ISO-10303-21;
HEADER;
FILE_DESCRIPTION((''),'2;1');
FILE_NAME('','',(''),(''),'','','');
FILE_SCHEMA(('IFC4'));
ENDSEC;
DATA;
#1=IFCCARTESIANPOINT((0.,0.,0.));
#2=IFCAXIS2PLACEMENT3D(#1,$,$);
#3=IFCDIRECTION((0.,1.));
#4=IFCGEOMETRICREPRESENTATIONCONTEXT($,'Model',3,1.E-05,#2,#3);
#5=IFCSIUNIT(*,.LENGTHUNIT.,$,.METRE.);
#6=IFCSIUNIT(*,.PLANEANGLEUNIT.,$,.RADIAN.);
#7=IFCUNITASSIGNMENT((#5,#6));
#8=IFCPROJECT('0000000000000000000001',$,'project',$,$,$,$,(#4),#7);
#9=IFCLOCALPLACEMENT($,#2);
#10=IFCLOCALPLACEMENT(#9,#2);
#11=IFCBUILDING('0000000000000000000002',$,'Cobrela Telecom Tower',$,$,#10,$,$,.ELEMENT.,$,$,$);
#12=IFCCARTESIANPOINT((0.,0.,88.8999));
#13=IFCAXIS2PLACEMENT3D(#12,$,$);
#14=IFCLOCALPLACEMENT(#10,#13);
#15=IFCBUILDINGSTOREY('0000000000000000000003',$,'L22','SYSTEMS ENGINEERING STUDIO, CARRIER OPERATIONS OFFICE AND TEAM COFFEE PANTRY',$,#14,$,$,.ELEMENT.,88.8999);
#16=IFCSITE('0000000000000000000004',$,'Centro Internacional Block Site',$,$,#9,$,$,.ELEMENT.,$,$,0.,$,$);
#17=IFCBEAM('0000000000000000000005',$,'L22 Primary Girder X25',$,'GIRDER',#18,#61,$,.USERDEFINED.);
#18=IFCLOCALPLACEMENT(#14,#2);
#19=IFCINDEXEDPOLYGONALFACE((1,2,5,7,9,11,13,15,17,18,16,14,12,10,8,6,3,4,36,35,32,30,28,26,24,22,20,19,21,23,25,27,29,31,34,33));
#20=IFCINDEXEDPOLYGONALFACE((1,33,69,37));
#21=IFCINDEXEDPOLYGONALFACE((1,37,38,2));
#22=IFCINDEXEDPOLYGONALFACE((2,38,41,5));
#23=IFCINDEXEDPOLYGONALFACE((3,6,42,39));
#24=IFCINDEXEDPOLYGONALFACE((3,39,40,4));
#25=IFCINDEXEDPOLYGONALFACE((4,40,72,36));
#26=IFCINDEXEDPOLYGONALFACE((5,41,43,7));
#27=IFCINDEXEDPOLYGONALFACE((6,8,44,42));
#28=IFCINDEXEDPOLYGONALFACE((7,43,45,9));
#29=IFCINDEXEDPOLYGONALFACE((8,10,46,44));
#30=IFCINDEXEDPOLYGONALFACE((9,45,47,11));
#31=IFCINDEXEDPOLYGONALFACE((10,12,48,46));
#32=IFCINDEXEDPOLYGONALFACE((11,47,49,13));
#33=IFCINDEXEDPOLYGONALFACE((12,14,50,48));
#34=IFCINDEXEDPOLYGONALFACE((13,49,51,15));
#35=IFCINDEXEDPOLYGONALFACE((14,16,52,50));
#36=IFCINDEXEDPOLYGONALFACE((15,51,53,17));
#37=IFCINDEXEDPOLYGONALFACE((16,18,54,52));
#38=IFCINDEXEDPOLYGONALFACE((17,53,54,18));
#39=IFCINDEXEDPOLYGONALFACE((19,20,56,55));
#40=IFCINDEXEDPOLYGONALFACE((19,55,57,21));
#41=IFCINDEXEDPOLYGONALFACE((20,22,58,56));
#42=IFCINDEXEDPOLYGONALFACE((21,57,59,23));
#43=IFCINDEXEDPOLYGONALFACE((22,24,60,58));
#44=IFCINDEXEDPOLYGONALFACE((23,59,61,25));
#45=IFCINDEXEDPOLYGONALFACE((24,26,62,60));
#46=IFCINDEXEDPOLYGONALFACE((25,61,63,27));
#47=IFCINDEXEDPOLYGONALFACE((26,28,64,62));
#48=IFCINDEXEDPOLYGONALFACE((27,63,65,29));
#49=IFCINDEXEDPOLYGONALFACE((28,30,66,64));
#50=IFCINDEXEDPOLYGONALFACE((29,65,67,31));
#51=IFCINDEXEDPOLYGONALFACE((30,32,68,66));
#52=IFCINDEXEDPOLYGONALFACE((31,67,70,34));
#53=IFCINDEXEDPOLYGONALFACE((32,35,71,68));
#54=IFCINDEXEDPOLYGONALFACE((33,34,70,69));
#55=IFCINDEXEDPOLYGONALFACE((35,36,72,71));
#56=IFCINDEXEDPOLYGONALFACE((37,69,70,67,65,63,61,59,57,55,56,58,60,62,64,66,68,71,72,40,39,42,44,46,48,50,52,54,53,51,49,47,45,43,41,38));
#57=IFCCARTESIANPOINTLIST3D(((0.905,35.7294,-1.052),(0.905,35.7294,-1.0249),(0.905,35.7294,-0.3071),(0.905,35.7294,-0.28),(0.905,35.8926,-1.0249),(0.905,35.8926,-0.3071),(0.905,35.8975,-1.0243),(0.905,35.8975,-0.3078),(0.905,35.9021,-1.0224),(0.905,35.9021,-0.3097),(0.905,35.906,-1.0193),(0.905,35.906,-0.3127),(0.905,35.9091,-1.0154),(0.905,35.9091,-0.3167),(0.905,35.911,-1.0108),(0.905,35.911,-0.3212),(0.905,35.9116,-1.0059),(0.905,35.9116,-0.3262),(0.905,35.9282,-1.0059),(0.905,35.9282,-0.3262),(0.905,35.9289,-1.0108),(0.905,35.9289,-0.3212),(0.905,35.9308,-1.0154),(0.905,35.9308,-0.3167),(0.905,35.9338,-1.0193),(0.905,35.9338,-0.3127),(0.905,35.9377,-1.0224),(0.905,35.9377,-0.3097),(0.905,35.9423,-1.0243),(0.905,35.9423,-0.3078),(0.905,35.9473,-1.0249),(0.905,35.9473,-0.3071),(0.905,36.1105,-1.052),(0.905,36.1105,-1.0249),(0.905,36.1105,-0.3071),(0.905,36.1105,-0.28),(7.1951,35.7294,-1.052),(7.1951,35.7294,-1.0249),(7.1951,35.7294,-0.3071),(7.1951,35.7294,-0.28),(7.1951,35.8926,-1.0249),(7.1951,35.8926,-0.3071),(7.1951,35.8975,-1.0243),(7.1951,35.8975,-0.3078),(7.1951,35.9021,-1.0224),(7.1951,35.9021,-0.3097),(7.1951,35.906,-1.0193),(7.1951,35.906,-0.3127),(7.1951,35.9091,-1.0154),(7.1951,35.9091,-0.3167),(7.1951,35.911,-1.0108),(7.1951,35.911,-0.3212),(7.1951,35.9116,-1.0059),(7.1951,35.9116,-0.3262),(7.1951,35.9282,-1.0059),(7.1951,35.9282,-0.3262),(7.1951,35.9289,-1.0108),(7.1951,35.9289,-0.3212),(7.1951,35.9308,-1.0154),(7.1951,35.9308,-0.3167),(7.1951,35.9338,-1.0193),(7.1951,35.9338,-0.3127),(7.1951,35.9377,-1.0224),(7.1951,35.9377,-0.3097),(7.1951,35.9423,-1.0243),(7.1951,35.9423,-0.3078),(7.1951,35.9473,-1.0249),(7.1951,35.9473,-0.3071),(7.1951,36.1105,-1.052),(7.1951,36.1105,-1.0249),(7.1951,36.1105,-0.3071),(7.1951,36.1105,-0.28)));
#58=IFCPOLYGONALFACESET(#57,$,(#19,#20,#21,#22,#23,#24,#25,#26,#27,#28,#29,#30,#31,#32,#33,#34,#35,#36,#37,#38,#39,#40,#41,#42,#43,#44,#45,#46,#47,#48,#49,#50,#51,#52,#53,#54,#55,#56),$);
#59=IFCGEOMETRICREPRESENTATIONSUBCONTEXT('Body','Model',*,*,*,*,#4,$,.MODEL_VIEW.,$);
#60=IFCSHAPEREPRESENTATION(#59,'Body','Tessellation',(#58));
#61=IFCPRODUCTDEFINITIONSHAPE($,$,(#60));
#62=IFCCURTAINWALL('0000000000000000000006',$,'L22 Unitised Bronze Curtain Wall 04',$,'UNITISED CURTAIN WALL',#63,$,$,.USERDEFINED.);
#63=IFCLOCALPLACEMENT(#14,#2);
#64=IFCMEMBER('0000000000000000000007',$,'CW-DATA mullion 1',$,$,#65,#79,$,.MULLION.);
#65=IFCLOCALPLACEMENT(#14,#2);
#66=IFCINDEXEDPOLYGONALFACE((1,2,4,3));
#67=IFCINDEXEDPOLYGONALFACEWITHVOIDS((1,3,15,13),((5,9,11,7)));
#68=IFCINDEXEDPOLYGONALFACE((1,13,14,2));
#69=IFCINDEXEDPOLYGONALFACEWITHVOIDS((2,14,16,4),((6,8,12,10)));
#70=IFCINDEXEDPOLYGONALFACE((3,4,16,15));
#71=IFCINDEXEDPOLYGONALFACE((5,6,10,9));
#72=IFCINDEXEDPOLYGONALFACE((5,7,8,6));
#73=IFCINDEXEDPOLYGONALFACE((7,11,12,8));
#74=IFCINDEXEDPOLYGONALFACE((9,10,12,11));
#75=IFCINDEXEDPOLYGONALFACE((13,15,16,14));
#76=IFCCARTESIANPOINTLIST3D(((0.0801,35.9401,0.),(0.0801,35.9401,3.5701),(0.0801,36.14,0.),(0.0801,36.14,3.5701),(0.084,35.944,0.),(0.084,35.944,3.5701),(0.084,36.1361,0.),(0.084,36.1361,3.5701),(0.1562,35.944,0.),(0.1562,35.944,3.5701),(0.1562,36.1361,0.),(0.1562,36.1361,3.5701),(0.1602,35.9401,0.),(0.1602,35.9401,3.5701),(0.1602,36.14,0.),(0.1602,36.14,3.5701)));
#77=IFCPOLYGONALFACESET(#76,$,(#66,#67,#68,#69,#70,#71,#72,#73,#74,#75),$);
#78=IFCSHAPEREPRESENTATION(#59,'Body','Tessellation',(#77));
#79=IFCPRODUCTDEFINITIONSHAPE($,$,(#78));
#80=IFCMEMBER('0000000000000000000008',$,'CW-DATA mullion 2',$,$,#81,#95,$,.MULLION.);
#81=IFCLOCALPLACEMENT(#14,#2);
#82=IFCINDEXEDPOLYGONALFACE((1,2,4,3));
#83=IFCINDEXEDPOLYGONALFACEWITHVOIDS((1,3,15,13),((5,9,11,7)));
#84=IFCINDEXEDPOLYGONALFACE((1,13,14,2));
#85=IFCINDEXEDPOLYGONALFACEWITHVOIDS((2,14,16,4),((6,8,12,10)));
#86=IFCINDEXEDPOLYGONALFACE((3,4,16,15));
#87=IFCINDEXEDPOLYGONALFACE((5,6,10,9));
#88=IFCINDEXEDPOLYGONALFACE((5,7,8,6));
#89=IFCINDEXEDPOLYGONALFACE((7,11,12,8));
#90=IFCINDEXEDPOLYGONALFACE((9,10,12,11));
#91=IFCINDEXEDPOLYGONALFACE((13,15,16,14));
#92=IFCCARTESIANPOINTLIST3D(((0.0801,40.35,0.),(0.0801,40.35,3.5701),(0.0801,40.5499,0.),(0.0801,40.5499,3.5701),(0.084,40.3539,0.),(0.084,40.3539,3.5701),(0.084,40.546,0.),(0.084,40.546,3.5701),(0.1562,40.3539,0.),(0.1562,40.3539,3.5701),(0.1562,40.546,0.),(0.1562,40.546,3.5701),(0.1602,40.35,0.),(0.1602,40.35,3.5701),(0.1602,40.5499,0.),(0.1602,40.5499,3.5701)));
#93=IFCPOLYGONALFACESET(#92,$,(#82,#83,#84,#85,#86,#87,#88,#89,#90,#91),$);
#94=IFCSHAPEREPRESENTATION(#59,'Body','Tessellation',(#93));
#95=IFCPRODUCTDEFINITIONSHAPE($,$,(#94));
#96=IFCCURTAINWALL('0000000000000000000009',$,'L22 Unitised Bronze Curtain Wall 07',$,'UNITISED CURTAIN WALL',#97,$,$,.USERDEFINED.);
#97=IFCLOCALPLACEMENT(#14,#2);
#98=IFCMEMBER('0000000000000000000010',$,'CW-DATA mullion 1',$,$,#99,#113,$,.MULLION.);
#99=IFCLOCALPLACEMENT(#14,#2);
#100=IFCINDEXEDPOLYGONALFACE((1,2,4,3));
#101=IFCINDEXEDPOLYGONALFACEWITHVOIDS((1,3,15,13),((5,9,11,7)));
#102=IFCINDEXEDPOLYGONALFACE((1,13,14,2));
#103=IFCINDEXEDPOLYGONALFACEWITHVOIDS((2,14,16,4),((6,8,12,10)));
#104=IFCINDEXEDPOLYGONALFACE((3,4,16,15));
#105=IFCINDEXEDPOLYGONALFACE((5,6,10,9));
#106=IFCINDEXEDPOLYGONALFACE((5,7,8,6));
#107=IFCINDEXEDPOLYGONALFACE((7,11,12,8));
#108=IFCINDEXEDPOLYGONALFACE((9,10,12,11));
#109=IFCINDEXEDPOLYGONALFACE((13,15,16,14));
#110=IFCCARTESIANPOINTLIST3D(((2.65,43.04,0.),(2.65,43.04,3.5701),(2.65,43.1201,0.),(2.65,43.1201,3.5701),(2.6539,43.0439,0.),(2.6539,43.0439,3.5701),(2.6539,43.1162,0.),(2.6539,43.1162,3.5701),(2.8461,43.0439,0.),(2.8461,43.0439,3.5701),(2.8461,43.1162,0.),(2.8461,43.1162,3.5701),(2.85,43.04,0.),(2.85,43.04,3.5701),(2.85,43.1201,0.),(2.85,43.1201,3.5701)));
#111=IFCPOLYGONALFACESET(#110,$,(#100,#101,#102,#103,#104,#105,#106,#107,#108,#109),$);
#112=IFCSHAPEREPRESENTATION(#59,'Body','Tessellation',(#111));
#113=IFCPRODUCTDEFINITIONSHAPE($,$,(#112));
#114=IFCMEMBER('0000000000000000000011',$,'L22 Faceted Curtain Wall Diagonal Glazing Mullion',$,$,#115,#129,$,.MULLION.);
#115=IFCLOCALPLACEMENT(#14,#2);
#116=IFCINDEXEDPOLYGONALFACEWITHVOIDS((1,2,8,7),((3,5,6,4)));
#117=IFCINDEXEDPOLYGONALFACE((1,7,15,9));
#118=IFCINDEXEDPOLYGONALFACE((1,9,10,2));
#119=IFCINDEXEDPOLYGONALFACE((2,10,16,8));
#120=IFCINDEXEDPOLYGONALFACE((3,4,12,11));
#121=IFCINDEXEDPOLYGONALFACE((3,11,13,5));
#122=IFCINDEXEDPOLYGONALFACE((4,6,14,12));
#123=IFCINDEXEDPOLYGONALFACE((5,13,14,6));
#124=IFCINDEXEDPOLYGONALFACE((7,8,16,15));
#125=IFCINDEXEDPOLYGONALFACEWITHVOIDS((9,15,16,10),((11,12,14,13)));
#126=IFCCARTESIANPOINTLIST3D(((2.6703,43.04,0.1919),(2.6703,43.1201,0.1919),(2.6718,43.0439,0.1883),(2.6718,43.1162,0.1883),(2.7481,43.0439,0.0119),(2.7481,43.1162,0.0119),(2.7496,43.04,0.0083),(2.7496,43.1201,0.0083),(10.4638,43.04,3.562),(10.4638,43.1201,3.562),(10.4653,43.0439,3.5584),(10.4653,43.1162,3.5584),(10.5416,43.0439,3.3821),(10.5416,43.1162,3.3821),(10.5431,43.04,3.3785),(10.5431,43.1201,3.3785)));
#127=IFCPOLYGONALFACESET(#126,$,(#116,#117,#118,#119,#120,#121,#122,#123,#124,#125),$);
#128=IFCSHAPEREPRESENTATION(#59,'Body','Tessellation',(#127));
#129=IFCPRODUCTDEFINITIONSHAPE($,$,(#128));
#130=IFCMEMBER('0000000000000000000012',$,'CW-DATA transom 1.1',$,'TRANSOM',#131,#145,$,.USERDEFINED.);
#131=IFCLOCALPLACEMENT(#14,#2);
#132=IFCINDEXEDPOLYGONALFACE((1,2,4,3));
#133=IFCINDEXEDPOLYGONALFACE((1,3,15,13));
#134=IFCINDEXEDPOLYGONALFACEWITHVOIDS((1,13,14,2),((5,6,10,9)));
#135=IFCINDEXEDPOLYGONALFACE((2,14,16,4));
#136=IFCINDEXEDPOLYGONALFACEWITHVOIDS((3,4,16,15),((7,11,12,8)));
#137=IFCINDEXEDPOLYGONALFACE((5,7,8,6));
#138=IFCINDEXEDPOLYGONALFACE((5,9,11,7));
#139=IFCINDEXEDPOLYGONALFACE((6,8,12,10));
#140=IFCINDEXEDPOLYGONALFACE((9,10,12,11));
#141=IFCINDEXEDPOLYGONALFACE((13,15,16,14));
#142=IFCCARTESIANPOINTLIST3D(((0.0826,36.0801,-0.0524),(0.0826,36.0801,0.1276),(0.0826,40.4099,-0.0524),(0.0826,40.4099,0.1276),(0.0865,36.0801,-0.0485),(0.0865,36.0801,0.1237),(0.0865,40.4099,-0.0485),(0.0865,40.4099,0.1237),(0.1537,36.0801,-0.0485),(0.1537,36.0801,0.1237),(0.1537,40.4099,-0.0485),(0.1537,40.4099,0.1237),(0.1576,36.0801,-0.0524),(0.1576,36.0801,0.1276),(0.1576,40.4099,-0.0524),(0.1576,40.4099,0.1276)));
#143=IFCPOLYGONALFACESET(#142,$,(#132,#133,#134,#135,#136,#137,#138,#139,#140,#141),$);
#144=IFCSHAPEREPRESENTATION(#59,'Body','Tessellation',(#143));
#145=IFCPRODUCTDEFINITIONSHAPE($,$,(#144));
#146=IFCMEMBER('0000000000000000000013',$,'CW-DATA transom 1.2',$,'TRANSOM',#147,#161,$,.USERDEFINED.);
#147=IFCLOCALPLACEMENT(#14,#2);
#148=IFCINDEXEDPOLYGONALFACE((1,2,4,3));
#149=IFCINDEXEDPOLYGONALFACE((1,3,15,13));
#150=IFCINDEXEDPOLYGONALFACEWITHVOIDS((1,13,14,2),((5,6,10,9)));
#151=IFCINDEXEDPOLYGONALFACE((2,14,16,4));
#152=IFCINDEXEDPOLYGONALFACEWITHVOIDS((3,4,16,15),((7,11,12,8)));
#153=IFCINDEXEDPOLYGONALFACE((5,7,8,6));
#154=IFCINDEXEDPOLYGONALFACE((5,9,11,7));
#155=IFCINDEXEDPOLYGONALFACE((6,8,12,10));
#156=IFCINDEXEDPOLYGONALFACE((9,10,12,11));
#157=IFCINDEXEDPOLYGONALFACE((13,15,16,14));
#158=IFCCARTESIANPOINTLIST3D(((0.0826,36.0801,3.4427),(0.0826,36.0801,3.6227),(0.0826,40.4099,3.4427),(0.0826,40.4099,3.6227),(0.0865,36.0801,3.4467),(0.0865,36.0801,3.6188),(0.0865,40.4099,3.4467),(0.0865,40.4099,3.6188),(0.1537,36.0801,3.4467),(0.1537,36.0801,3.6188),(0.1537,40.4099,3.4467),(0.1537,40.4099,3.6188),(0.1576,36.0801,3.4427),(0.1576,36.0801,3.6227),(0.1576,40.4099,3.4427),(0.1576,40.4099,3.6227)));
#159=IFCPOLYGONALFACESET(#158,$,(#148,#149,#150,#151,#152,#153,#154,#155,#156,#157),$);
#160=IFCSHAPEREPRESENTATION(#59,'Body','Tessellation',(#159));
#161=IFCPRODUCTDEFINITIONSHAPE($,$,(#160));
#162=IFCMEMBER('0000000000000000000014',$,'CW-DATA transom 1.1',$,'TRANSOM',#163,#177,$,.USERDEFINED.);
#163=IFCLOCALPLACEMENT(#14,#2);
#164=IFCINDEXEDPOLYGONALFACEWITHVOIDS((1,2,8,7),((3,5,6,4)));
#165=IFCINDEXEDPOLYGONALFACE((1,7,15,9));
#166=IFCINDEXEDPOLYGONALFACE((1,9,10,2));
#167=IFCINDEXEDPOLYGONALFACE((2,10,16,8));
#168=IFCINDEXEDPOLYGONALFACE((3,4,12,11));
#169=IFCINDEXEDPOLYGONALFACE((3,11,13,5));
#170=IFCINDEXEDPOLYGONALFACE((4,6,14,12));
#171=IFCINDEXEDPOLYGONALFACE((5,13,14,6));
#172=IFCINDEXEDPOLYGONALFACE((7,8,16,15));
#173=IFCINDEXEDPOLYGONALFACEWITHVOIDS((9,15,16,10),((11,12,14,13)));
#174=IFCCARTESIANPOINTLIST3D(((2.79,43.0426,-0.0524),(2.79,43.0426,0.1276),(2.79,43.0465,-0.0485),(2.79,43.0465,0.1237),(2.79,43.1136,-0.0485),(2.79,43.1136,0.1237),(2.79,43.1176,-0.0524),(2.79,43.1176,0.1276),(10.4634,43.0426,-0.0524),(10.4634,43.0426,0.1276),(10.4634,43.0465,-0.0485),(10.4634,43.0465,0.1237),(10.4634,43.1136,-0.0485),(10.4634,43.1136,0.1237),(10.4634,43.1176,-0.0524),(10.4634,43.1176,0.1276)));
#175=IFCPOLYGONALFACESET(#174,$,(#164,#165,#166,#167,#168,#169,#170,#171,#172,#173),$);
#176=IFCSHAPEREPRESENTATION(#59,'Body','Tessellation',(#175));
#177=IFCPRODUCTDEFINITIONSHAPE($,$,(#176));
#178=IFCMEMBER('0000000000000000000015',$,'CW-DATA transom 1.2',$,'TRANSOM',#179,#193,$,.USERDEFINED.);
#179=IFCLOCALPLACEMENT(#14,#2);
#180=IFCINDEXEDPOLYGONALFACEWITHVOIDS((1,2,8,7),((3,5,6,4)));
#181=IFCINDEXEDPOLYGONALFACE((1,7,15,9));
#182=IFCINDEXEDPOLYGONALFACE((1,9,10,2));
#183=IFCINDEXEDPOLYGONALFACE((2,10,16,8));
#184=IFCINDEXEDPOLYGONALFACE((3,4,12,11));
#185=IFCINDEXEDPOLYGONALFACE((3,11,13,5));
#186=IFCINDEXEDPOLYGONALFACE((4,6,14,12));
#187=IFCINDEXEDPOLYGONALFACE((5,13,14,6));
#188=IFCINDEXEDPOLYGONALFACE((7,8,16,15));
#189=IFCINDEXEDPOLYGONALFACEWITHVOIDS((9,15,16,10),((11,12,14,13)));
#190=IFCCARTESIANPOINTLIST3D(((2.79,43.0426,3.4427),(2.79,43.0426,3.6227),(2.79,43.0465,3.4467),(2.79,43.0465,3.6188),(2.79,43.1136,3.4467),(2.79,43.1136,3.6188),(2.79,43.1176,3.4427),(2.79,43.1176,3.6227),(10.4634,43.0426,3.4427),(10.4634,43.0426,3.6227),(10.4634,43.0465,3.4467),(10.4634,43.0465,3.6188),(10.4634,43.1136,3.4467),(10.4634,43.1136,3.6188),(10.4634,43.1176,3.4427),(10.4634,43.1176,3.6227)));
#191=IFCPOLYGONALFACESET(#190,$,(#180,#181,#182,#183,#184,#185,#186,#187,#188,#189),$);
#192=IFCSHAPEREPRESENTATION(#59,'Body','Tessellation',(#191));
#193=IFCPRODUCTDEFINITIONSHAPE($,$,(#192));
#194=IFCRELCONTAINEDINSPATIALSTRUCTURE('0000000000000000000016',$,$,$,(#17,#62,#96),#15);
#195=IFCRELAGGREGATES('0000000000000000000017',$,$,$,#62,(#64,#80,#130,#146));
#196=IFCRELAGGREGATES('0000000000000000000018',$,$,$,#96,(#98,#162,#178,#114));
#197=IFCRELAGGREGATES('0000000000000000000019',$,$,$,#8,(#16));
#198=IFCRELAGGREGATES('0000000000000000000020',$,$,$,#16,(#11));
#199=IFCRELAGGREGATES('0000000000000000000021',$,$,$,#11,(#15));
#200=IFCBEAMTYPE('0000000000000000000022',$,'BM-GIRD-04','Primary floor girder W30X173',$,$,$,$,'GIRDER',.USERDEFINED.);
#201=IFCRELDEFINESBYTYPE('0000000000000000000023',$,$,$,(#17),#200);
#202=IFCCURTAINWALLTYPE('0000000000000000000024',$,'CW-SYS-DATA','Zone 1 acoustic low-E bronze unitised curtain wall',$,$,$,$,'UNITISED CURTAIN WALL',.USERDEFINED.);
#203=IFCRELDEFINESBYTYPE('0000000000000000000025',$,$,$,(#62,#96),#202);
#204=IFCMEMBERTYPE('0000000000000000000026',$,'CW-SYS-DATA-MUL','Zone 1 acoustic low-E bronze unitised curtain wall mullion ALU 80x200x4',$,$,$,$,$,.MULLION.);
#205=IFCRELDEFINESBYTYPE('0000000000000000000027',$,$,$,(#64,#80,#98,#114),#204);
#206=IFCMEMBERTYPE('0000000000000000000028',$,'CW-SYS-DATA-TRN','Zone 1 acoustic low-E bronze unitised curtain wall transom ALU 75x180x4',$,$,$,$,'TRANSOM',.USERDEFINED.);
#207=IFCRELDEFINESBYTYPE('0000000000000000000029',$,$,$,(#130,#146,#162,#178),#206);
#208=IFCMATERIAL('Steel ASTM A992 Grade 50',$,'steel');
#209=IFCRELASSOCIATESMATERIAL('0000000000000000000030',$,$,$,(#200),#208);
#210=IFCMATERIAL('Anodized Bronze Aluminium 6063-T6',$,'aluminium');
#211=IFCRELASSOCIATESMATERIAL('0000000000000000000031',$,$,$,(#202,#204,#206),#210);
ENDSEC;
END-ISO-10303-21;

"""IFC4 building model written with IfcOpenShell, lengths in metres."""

from ifc_helpers import new_model, si_unit, direction, frame, origin, origin_2d, place, context, subcontext, project, spatial, hollow_rectangle, i_section, extrude, material, material_profile, profile_set, type_object, element, aggregate, save


model = new_model("IFC4")

# Units and contexts
model_context = context("Model", 3, precision=1e-05, world=origin(), true_north=direction((0.0, 1.0)))
body_context = subcontext(model_context, "Body", "Model", "MODEL_VIEW")
ifc_project = project(units=[si_unit("LENGTHUNIT", "METRE"), si_unit("PLANEANGLEUNIT", "RADIAN")], contexts=[model_context])

# Site, building, storey
site_placement = place(None, origin())
site = spatial("IfcSite", under=ifc_project, at=site_placement, Name="Centro Internacional Block Site", CompositionType="ELEMENT", RefElevation=0.0)
building_placement = place(site_placement, origin())
building = spatial("IfcBuilding", under=site, at=building_placement, Name="Cobrela Telecom Tower", CompositionType="ELEMENT")
storey_placement = place(building_placement, frame((0.0, 0.0, 88.8999)))
storey = spatial("IfcBuildingStorey", under=building, at=storey_placement, Name="L22", Description="SYSTEMS ENGINEERING STUDIO, CARRIER OPERATIONS OFFICE AND TEAM COFFEE PANTRY", CompositionType="ELEMENT", Elevation=88.8999)

# Beam
ifc_material_1 = material(Name="Steel ASTM A992 Grade 50", Category="steel")
ifc_material_profile_1 = material_profile(ifc_material_1, i_section(OverallWidth=0.3811, OverallDepth=0.772, WebThickness=0.0166, FlangeThickness=0.0271, FilletRadius=0.019, at=origin_2d()), Name="W30X173")
ifc_profile_set_1 = profile_set([ifc_material_profile_1], Name="Steel ASTM A992 Grade 50")
beam_type = type_object("IfcBeamType", Name="BM-GIRD-04", Description="Primary floor girder W30X173", ElementType="GIRDER", PredefinedType="USERDEFINED", material=ifc_profile_set_1)
beam_placement = place(storey_placement, frame((0.905, 35.9199, -0.666), z_axis=(1.0, 0.0, 0.0), x_axis=(0.0, 1.0, 0.0)))
element("IfcBeam", 1, at=beam_placement, inside=storey, type_object=beam_type, Name="L22 Primary Girder X25", ObjectType="GIRDER", PredefinedType="USERDEFINED", context=body_context, shape_type="SweptSolid", body=[
    extrude(i_section(OverallWidth=0.3811, OverallDepth=0.772, WebThickness=0.0166, FlangeThickness=0.0271, FilletRadius=0.019, at=origin_2d()), origin(), (0.0, 0.0, 1.0), 6.29),
])

# Curtain walls, members
ifc_material_2 = material(Name="Anodized Bronze Aluminium 6063-T6", Category="aluminium")
curtain_wall_type = type_object("IfcCurtainWallType", Name="CW-SYS-DATA", Description="Zone 1 acoustic low-E bronze unitised curtain wall", ElementType="UNITISED CURTAIN WALL", PredefinedType="USERDEFINED", material=ifc_material_2)
curtain_wall_1_placement = place(storey_placement, origin())
curtain_wall_1 = element("IfcCurtainWall", 2, at=curtain_wall_1_placement, inside=storey, type_object=curtain_wall_type, Name="L22 Unitised Bronze Curtain Wall 04", ObjectType="UNITISED CURTAIN WALL", PredefinedType="USERDEFINED")
ifc_material_profile_2 = material_profile(ifc_material_2, hollow_rectangle(XDim=0.0801, YDim=0.2, WallThickness=0.0039, at=origin_2d()), Name="ALU 80x200x4")
ifc_profile_set_2 = profile_set([ifc_material_profile_2], Name="Anodized Bronze Aluminium 6063-T6")
member_type_1 = type_object("IfcMemberType", Name="CW-SYS-DATA-MUL", Description="Zone 1 acoustic low-E bronze unitised curtain wall mullion ALU 80x200x4", PredefinedType="MULLION", material=ifc_profile_set_2)
member_1_placement = place(storey_placement, frame((0.1201, 36.04, 0.0), z_axis=(0.0, 0.0, 1.0), x_axis=(-1.0, 0.0, 0.0)))
member_1 = element("IfcMember", 3, at=member_1_placement, type_object=member_type_1, Name="CW-DATA mullion 1", PredefinedType="MULLION", context=body_context, shape_type="SweptSolid", body=[
    extrude(hollow_rectangle(XDim=0.0801, YDim=0.2, WallThickness=0.0039, at=origin_2d()), origin(), (0.0, 0.0, 1.0), 3.5701),
])
member_2_placement = place(storey_placement, frame((0.1201, 40.45, 0.0), z_axis=(0.0, 0.0, 1.0), x_axis=(-1.0, 0.0, 0.0)))
member_2 = element("IfcMember", 4, at=member_2_placement, type_object=member_type_1, Name="CW-DATA mullion 2", PredefinedType="MULLION", context=body_context, shape_type="SweptSolid", body=[
    extrude(hollow_rectangle(XDim=0.0801, YDim=0.2, WallThickness=0.0039, at=origin_2d()), origin(), (0.0, 0.0, 1.0), 3.5701),
])
curtain_wall_2_placement = place(storey_placement, origin())
curtain_wall_2 = element("IfcCurtainWall", 5, at=curtain_wall_2_placement, inside=storey, type_object=curtain_wall_type, Name="L22 Unitised Bronze Curtain Wall 07", ObjectType="UNITISED CURTAIN WALL", PredefinedType="USERDEFINED")
member_3_placement = place(storey_placement, frame((2.75, 43.0801, 0.0), z_axis=(0.0, 0.0, 1.0), x_axis=(0.0, 1.0, 0.0)))
member_3 = element("IfcMember", 6, at=member_3_placement, type_object=member_type_1, Name="CW-DATA mullion 1", PredefinedType="MULLION", context=body_context, shape_type="SweptSolid", body=[
    extrude(hollow_rectangle(XDim=0.0801, YDim=0.2, WallThickness=0.0039, at=origin_2d()), origin(), (0.0, 0.0, 1.0), 3.5701),
])
member_4_placement = place(storey_placement, frame((2.71, 43.0801, 0.1001), z_axis=(0.917858, 0.0, 0.396909), x_axis=(0.0, 1.0, 0.0)))
member_4 = element("IfcMember", 7, at=member_4_placement, type_object=member_type_1, Name="L22 Faceted Curtain Wall Diagonal Glazing Mullion", PredefinedType="MULLION", context=body_context, shape_type="SweptSolid", body=[
    extrude(hollow_rectangle(XDim=0.0801, YDim=0.2, WallThickness=0.0039, at=origin_2d()), origin(), (0.0, 0.0, 1.0), 8.491),
])

# Members
ifc_material_profile_3 = material_profile(ifc_material_2, hollow_rectangle(XDim=0.075, YDim=0.1799, WallThickness=0.0039, at=origin_2d()), Name="ALU 75x180x4")
ifc_profile_set_3 = profile_set([ifc_material_profile_3], Name="Anodized Bronze Aluminium 6063-T6")
member_type_2 = type_object("IfcMemberType", Name="CW-SYS-DATA-TRN", Description="Zone 1 acoustic low-E bronze unitised curtain wall transom ALU 75x180x4", ElementType="TRANSOM", PredefinedType="USERDEFINED", material=ifc_profile_set_3)
member_5_placement = place(storey_placement, frame((0.1201, 36.0801, 0.0376), z_axis=(0.0, 1.0, 0.0), x_axis=(-1.0, 0.0, 0.0)))
member_5 = element("IfcMember", 8, at=member_5_placement, type_object=member_type_2, Name="CW-DATA transom 1.1", ObjectType="TRANSOM", PredefinedType="USERDEFINED", context=body_context, shape_type="SweptSolid", body=[
    extrude(hollow_rectangle(XDim=0.075, YDim=0.1799, WallThickness=0.0039, at=origin_2d()), origin(), (0.0, 0.0, 1.0), 4.3298),
])
member_6_placement = place(storey_placement, frame((0.1201, 36.0801, 3.5327), z_axis=(0.0, 1.0, 0.0), x_axis=(-1.0, 0.0, 0.0)))
member_6 = element("IfcMember", 9, at=member_6_placement, type_object=member_type_2, Name="CW-DATA transom 1.2", ObjectType="TRANSOM", PredefinedType="USERDEFINED", context=body_context, shape_type="SweptSolid", body=[
    extrude(hollow_rectangle(XDim=0.075, YDim=0.1799, WallThickness=0.0039, at=origin_2d()), origin(), (0.0, 0.0, 1.0), 4.3298),
])
member_7_placement = place(storey_placement, frame((2.79, 43.0801, 0.0376), z_axis=(1.0, 0.0, 0.0), x_axis=(0.0, 1.0, 0.0)))
member_7 = element("IfcMember", 10, at=member_7_placement, type_object=member_type_2, Name="CW-DATA transom 1.1", ObjectType="TRANSOM", PredefinedType="USERDEFINED", context=body_context, shape_type="SweptSolid", body=[
    extrude(hollow_rectangle(XDim=0.075, YDim=0.1799, WallThickness=0.0039, at=origin_2d()), origin(), (0.0, 0.0, 1.0), 7.6733),
])
member_8_placement = place(storey_placement, frame((2.79, 43.0801, 3.5327), z_axis=(1.0, 0.0, 0.0), x_axis=(0.0, 1.0, 0.0)))
member_8 = element("IfcMember", 11, at=member_8_placement, type_object=member_type_2, Name="CW-DATA transom 1.2", ObjectType="TRANSOM", PredefinedType="USERDEFINED", context=body_context, shape_type="SweptSolid", body=[
    extrude(hollow_rectangle(XDim=0.075, YDim=0.1799, WallThickness=0.0039, at=origin_2d()), origin(), (0.0, 0.0, 1.0), 7.6733),
])

aggregate(curtain_wall_1, [member_1, member_2, member_5, member_6])
aggregate(curtain_wall_2, [member_3, member_7, member_8, member_4])

save(model, "model.ifc")
